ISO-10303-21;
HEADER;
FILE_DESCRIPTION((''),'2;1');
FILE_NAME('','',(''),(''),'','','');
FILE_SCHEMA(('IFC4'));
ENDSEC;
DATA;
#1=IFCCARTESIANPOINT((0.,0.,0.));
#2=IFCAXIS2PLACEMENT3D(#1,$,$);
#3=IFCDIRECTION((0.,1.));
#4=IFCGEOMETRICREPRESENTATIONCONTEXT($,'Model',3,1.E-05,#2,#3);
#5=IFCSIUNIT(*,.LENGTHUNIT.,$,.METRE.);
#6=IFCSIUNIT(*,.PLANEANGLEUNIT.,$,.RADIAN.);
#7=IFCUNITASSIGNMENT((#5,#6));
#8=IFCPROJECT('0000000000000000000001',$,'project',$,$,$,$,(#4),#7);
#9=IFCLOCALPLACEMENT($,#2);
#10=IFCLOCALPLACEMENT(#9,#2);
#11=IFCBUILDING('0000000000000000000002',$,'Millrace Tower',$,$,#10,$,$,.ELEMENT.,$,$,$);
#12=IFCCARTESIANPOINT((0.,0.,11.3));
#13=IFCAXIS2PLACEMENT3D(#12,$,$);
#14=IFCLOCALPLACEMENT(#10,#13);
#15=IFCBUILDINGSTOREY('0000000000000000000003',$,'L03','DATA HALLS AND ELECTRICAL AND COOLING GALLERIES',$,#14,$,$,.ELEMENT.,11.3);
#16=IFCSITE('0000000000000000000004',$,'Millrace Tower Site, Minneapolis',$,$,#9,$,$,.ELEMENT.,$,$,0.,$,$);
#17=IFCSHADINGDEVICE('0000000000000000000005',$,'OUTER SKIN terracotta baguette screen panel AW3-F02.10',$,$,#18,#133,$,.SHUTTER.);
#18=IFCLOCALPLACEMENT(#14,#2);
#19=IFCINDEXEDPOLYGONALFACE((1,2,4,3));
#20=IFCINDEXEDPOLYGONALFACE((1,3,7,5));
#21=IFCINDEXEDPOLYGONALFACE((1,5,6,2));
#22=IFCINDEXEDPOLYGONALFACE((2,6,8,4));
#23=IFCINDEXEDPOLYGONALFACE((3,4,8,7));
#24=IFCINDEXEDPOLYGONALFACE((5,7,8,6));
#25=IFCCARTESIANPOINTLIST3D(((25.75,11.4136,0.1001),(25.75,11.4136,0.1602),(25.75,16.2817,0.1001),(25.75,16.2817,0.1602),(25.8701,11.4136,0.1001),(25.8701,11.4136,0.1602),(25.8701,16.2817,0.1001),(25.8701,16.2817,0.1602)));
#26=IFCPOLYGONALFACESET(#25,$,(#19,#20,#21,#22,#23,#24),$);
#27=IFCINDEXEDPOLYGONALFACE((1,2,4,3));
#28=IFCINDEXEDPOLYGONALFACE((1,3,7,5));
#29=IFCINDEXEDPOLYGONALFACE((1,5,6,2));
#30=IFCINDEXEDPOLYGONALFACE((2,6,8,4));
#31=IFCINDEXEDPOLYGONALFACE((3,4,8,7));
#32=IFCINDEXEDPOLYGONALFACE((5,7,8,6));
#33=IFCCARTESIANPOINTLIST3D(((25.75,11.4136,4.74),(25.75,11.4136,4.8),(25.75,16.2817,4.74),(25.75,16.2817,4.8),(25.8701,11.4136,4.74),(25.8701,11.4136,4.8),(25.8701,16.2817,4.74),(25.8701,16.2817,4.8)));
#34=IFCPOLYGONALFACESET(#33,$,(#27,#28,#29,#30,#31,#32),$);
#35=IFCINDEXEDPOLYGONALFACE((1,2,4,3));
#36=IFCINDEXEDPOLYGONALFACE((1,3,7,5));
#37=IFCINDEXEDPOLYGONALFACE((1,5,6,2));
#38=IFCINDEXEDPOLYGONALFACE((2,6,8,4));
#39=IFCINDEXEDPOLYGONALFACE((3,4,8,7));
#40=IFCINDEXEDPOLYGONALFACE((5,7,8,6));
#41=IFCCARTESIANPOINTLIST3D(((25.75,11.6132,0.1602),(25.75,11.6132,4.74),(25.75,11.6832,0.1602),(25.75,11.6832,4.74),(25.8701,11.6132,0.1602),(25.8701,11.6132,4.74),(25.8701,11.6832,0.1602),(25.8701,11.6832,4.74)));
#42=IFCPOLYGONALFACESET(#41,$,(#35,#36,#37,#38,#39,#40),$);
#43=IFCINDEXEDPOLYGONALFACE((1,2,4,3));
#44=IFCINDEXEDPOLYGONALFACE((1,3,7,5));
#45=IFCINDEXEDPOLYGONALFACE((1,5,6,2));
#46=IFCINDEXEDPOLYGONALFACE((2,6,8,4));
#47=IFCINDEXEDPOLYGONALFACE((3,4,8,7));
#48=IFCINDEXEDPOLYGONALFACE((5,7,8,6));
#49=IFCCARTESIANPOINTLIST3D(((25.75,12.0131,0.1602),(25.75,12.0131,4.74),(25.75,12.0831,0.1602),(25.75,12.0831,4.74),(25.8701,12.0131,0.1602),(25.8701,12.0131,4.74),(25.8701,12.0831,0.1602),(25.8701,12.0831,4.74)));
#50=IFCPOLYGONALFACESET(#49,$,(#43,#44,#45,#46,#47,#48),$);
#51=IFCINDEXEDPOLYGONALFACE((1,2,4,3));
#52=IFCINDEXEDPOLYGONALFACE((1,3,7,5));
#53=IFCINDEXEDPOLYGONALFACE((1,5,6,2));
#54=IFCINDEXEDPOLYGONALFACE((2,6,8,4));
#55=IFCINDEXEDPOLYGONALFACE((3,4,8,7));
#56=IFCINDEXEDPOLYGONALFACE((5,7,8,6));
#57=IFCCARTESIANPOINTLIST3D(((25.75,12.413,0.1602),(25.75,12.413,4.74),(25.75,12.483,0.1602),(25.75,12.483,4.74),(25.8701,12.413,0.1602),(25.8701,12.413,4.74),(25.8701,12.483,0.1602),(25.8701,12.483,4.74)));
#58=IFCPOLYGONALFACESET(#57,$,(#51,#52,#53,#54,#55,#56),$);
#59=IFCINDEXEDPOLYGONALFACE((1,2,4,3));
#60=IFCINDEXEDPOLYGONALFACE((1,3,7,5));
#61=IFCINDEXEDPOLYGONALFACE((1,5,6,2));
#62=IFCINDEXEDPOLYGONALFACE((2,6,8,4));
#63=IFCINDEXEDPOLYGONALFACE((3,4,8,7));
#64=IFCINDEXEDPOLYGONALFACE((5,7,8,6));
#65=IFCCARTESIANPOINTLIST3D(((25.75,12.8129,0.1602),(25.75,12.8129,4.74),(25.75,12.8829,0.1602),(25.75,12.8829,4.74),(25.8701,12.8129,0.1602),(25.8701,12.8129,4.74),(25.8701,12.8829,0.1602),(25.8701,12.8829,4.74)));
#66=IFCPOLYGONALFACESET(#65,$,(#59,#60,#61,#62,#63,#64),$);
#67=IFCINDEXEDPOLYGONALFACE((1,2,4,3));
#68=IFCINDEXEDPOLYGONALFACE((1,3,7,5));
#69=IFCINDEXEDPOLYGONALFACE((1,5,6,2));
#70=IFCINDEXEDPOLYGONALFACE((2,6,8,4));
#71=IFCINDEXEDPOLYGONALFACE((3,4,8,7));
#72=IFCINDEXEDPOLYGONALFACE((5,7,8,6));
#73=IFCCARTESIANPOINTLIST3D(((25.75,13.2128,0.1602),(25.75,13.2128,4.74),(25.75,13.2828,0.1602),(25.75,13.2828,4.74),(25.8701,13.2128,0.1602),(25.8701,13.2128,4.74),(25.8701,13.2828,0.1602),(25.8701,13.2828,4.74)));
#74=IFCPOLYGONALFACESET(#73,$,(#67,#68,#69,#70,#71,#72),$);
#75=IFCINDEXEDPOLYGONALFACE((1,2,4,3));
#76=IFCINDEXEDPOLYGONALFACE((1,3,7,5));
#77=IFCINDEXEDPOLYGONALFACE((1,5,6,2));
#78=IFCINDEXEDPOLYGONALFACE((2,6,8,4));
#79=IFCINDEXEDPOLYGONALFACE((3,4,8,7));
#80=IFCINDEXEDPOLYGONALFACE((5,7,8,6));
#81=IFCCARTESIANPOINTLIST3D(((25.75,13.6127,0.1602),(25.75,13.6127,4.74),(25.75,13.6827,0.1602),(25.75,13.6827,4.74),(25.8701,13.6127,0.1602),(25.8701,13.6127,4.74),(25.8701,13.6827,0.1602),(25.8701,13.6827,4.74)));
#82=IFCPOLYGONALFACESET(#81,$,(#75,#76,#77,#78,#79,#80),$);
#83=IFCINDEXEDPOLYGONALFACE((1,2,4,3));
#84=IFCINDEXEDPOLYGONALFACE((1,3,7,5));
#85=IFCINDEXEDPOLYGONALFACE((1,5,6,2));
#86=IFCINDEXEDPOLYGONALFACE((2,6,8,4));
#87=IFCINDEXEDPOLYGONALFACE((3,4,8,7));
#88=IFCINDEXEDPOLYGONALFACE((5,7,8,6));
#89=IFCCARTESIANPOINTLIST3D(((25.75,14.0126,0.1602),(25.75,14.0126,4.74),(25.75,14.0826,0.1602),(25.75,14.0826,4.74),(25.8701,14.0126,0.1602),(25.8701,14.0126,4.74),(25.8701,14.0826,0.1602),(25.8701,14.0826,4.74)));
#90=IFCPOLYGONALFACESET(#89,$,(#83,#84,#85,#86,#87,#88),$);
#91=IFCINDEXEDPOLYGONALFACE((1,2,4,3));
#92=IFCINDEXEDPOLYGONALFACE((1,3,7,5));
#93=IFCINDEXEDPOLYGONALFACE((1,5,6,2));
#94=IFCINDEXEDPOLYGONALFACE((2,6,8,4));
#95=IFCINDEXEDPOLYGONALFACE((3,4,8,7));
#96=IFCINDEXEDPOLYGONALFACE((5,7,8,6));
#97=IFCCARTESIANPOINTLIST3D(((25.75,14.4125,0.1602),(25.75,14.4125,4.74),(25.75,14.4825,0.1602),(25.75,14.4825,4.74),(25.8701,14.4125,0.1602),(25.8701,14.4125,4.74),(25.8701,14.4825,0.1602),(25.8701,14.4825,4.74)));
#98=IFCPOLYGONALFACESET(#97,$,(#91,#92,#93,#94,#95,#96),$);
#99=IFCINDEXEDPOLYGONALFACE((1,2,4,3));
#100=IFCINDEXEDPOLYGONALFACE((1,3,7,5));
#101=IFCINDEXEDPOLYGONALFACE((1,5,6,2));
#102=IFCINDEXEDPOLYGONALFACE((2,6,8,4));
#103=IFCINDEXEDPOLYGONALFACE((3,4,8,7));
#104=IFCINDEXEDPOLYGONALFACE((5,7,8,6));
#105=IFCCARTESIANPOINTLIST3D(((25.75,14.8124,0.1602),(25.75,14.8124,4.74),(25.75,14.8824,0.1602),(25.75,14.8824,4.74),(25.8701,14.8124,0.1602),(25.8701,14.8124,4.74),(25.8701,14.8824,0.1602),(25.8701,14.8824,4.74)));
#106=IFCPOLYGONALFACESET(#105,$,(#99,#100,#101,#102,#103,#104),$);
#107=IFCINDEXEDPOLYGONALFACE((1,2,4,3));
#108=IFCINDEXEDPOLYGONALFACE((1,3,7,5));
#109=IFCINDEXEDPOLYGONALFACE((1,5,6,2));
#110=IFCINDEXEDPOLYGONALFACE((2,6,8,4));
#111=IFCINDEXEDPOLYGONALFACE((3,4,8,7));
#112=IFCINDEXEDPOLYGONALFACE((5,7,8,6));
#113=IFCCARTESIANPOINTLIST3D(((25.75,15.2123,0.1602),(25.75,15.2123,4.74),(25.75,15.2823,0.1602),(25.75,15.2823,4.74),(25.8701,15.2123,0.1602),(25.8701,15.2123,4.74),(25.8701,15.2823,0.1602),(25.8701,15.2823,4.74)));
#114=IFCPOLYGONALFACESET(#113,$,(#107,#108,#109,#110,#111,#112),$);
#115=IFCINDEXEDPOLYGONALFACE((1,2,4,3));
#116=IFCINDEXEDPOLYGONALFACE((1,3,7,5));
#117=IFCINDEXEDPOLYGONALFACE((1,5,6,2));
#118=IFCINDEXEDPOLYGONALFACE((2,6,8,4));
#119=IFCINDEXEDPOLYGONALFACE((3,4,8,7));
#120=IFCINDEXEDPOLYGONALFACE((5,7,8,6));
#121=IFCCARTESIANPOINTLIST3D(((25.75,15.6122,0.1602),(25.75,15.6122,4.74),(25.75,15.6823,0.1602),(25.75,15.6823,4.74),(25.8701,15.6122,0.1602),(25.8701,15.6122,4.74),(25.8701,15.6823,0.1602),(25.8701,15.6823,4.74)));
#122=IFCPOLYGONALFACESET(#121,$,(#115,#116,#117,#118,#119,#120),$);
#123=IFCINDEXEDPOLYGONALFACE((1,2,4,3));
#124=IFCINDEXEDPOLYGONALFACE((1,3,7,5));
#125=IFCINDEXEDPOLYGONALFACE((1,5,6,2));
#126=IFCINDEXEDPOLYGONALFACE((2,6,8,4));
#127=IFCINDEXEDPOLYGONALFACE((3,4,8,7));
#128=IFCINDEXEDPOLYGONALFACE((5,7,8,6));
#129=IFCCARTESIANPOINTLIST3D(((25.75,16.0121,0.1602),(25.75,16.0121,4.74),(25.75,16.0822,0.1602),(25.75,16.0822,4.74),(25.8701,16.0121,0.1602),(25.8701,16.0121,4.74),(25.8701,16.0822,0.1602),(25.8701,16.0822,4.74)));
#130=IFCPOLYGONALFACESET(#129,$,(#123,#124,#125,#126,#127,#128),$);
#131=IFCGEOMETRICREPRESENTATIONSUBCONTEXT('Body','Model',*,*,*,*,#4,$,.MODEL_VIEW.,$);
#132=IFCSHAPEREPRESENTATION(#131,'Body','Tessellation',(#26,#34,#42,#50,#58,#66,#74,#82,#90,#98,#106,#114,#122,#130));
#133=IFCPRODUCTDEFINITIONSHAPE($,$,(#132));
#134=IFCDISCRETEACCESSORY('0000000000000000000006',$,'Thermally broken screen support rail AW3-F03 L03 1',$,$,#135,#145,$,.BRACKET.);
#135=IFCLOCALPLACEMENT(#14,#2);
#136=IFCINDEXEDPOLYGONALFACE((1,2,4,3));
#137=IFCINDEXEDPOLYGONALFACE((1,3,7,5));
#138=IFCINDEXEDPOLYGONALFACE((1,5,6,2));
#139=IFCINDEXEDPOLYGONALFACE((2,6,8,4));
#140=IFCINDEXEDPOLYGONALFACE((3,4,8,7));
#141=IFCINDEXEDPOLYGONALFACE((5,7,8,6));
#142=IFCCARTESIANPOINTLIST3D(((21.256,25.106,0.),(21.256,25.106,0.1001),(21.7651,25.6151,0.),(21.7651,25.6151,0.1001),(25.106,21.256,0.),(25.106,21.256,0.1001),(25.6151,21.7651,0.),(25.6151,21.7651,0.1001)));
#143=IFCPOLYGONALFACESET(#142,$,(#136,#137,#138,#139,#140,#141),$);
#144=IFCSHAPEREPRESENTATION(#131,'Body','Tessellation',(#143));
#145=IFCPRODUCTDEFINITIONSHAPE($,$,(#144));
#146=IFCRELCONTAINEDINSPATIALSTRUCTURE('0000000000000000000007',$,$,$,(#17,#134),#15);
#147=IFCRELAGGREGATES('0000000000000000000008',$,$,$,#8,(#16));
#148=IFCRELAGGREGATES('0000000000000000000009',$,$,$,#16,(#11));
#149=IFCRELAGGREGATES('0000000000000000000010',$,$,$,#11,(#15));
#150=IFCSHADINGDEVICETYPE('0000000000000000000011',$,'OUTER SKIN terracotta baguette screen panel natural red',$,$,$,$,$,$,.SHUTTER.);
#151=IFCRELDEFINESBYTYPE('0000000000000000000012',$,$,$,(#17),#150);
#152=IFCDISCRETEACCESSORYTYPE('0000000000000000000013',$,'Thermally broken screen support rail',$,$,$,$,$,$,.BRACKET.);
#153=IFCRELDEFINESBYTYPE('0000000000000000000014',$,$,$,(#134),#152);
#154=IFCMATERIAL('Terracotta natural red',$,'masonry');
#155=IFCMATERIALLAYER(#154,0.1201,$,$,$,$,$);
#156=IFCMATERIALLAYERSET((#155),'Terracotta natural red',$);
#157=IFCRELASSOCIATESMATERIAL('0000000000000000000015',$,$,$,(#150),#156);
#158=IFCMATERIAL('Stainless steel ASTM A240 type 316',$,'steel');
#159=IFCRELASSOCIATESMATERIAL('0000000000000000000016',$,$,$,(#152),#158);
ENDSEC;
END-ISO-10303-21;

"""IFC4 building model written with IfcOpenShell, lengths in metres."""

from ifc_helpers import new_model, entity, si_unit, direction, frame, frame_2d, origin, origin_2d, place, context, subcontext, project, spatial, rectangle, extrude, source, transform, mapped, material, layer, layer_set, type_object, element, save


model = new_model("IFC4")

# Units and contexts
model_context = context("Model", 3, precision=1e-05, world=origin(), true_north=direction((0.0, 1.0)))
body_context = subcontext(model_context, "Body", "Model", "MODEL_VIEW")
ifc_project = project(units=[si_unit("LENGTHUNIT", "METRE"), si_unit("PLANEANGLEUNIT", "RADIAN")], contexts=[model_context])

# Site, building, storey
site_placement = place(None, origin())
site = spatial("IfcSite", under=ifc_project, at=site_placement, Name="Millrace Tower Site, Minneapolis", CompositionType="ELEMENT", RefElevation=0.0)
building_placement = place(site_placement, origin())
building = spatial("IfcBuilding", under=site, at=building_placement, Name="Millrace Tower", CompositionType="ELEMENT")
storey_placement = place(building_placement, frame((0.0, 0.0, 11.3)))
storey = spatial("IfcBuildingStorey", under=building, at=storey_placement, Name="L03", Description="DATA HALLS AND ELECTRICAL AND COOLING GALLERIES", CompositionType="ELEMENT", Elevation=11.3)

# Shading device
ifc_material_1 = material(Name="Terracotta natural red", Category="masonry")
ifc_layer_1 = layer(ifc_material_1, 0.1201)
ifc_layer_set_1 = layer_set([ifc_layer_1], Name="Terracotta natural red")
shading_device_type_1 = type_object("IfcShadingDeviceType", Name="OUTER SKIN terracotta baguette screen panel natural red", PredefinedType="SHUTTER", material=ifc_layer_set_1)
cartesian_point_1 = entity("IfcCartesianPoint", [-2.4341, 0.0601])
shared_polyline_1 = entity("IfcPolyline", [cartesian_point_1, entity("IfcCartesianPoint", [2.4341, 0.0601]), entity("IfcCartesianPoint", [2.4341, -0.0601]), entity("IfcCartesianPoint", [-2.4341, -0.0601]), cartesian_point_1])
shared_shape_1 = source(origin(), body_context, "Body", "SweptSolid", [
    entity("IfcExtrudedAreaSolid", entity("IfcArbitraryClosedProfileDef", "AREA", None, shared_polyline_1), entity("IfcAxis2Placement3D", entity("IfcCartesianPoint", [0.0, 0.0, 0.0])), entity("IfcDirection", [0.0, 0.0, 1.0]), 0.0601),
    entity("IfcExtrudedAreaSolid", entity("IfcArbitraryClosedProfileDef", "AREA", None, shared_polyline_1), entity("IfcAxis2Placement3D", entity("IfcCartesianPoint", [0.0, 0.0, 4.6399])), entity("IfcDirection", [0.0, 0.0, 1.0]), 0.0601),
    extrude(rectangle(XDim=0.0701, YDim=0.1201, at=frame_2d((-2.1995, 0.0))), frame((0.0, 0.0, 0.0601)), (0.0, 0.0, 1.0), 4.5798),
    extrude(rectangle(XDim=0.0701, YDim=0.1201, at=frame_2d((-1.7996, 0.0))), frame((0.0, 0.0, 0.0601)), (0.0, 0.0, 1.0), 4.5798),
    extrude(rectangle(XDim=0.0701, YDim=0.1201, at=frame_2d((-1.3997, 0.0))), frame((0.0, 0.0, 0.0601)), (0.0, 0.0, 1.0), 4.5798),
    extrude(rectangle(XDim=0.0701, YDim=0.1201, at=frame_2d((-0.9998, 0.0))), frame((0.0, 0.0, 0.0601)), (0.0, 0.0, 1.0), 4.5798),
    extrude(rectangle(XDim=0.0701, YDim=0.1201, at=frame_2d((-0.5999, 0.0))), frame((0.0, 0.0, 0.0601)), (0.0, 0.0, 1.0), 4.5798),
    extrude(rectangle(XDim=0.0701, YDim=0.1201, at=frame_2d((-0.2, 0.0))), frame((0.0, 0.0, 0.0601)), (0.0, 0.0, 1.0), 4.5798),
    extrude(rectangle(XDim=0.0701, YDim=0.1201, at=frame_2d((0.2, 0.0))), frame((0.0, 0.0, 0.0601)), (0.0, 0.0, 1.0), 4.5798),
    extrude(rectangle(XDim=0.0701, YDim=0.1201, at=frame_2d((0.5999, 0.0))), frame((0.0, 0.0, 0.0601)), (0.0, 0.0, 1.0), 4.5798),
    extrude(rectangle(XDim=0.0701, YDim=0.1201, at=frame_2d((0.9998, 0.0))), frame((0.0, 0.0, 0.0601)), (0.0, 0.0, 1.0), 4.5798),
    extrude(rectangle(XDim=0.0701, YDim=0.1201, at=frame_2d((1.3997, 0.0))), frame((0.0, 0.0, 0.0601)), (0.0, 0.0, 1.0), 4.5798),
    extrude(rectangle(XDim=0.0701, YDim=0.1201, at=frame_2d((1.7996, 0.0))), frame((0.0, 0.0, 0.0601)), (0.0, 0.0, 1.0), 4.5798),
    extrude(rectangle(XDim=0.0701, YDim=0.1201, at=frame_2d((2.1995, 0.0))), frame((0.0, 0.0, 0.0601)), (0.0, 0.0, 1.0), 4.5798),
])
shading_device_1_placement = place(storey_placement, frame((25.8101, 13.8477, 0.1001), z_axis=(0.0, 0.0, 1.0), x_axis=(0.0, 1.0, 0.0)))
element("IfcShadingDevice", 1, at=shading_device_1_placement, inside=storey, type_object=shading_device_type_1, Name="OUTER SKIN terracotta baguette screen panel AW3-F02.10", PredefinedType="SHUTTER", context=body_context, shape_type="MappedRepresentation", body=[
    mapped(shared_shape_1, transform((0.0, 0.0, 0.0), scale=1.0)),
])

# Discrete accessory
ifc_material_2 = material(Name="Stainless steel ASTM A240 type 316", Category="steel")
discrete_accessory_type = type_object("IfcDiscreteAccessoryType", Name="Thermally broken screen support rail", PredefinedType="BRACKET", material=ifc_material_2)
discrete_accessory_placement = place(storey_placement, frame((23.4355, 23.4355, 0.0), z_axis=(0.0, 0.0, 1.0), x_axis=(-0.707107, 0.707107, 0.0)))
element("IfcDiscreteAccessory", 2, at=discrete_accessory_placement, inside=storey, type_object=discrete_accessory_type, Name="Thermally broken screen support rail AW3-F03 L03 1", PredefinedType="BRACKET", context=body_context, shape_type="SweptSolid", body=[
    extrude(rectangle(XDim=5.4448, YDim=0.72, at=origin_2d()), origin(), (0.0, 0.0, 1.0), 0.1001),
])

save(model, "model.ifc")
